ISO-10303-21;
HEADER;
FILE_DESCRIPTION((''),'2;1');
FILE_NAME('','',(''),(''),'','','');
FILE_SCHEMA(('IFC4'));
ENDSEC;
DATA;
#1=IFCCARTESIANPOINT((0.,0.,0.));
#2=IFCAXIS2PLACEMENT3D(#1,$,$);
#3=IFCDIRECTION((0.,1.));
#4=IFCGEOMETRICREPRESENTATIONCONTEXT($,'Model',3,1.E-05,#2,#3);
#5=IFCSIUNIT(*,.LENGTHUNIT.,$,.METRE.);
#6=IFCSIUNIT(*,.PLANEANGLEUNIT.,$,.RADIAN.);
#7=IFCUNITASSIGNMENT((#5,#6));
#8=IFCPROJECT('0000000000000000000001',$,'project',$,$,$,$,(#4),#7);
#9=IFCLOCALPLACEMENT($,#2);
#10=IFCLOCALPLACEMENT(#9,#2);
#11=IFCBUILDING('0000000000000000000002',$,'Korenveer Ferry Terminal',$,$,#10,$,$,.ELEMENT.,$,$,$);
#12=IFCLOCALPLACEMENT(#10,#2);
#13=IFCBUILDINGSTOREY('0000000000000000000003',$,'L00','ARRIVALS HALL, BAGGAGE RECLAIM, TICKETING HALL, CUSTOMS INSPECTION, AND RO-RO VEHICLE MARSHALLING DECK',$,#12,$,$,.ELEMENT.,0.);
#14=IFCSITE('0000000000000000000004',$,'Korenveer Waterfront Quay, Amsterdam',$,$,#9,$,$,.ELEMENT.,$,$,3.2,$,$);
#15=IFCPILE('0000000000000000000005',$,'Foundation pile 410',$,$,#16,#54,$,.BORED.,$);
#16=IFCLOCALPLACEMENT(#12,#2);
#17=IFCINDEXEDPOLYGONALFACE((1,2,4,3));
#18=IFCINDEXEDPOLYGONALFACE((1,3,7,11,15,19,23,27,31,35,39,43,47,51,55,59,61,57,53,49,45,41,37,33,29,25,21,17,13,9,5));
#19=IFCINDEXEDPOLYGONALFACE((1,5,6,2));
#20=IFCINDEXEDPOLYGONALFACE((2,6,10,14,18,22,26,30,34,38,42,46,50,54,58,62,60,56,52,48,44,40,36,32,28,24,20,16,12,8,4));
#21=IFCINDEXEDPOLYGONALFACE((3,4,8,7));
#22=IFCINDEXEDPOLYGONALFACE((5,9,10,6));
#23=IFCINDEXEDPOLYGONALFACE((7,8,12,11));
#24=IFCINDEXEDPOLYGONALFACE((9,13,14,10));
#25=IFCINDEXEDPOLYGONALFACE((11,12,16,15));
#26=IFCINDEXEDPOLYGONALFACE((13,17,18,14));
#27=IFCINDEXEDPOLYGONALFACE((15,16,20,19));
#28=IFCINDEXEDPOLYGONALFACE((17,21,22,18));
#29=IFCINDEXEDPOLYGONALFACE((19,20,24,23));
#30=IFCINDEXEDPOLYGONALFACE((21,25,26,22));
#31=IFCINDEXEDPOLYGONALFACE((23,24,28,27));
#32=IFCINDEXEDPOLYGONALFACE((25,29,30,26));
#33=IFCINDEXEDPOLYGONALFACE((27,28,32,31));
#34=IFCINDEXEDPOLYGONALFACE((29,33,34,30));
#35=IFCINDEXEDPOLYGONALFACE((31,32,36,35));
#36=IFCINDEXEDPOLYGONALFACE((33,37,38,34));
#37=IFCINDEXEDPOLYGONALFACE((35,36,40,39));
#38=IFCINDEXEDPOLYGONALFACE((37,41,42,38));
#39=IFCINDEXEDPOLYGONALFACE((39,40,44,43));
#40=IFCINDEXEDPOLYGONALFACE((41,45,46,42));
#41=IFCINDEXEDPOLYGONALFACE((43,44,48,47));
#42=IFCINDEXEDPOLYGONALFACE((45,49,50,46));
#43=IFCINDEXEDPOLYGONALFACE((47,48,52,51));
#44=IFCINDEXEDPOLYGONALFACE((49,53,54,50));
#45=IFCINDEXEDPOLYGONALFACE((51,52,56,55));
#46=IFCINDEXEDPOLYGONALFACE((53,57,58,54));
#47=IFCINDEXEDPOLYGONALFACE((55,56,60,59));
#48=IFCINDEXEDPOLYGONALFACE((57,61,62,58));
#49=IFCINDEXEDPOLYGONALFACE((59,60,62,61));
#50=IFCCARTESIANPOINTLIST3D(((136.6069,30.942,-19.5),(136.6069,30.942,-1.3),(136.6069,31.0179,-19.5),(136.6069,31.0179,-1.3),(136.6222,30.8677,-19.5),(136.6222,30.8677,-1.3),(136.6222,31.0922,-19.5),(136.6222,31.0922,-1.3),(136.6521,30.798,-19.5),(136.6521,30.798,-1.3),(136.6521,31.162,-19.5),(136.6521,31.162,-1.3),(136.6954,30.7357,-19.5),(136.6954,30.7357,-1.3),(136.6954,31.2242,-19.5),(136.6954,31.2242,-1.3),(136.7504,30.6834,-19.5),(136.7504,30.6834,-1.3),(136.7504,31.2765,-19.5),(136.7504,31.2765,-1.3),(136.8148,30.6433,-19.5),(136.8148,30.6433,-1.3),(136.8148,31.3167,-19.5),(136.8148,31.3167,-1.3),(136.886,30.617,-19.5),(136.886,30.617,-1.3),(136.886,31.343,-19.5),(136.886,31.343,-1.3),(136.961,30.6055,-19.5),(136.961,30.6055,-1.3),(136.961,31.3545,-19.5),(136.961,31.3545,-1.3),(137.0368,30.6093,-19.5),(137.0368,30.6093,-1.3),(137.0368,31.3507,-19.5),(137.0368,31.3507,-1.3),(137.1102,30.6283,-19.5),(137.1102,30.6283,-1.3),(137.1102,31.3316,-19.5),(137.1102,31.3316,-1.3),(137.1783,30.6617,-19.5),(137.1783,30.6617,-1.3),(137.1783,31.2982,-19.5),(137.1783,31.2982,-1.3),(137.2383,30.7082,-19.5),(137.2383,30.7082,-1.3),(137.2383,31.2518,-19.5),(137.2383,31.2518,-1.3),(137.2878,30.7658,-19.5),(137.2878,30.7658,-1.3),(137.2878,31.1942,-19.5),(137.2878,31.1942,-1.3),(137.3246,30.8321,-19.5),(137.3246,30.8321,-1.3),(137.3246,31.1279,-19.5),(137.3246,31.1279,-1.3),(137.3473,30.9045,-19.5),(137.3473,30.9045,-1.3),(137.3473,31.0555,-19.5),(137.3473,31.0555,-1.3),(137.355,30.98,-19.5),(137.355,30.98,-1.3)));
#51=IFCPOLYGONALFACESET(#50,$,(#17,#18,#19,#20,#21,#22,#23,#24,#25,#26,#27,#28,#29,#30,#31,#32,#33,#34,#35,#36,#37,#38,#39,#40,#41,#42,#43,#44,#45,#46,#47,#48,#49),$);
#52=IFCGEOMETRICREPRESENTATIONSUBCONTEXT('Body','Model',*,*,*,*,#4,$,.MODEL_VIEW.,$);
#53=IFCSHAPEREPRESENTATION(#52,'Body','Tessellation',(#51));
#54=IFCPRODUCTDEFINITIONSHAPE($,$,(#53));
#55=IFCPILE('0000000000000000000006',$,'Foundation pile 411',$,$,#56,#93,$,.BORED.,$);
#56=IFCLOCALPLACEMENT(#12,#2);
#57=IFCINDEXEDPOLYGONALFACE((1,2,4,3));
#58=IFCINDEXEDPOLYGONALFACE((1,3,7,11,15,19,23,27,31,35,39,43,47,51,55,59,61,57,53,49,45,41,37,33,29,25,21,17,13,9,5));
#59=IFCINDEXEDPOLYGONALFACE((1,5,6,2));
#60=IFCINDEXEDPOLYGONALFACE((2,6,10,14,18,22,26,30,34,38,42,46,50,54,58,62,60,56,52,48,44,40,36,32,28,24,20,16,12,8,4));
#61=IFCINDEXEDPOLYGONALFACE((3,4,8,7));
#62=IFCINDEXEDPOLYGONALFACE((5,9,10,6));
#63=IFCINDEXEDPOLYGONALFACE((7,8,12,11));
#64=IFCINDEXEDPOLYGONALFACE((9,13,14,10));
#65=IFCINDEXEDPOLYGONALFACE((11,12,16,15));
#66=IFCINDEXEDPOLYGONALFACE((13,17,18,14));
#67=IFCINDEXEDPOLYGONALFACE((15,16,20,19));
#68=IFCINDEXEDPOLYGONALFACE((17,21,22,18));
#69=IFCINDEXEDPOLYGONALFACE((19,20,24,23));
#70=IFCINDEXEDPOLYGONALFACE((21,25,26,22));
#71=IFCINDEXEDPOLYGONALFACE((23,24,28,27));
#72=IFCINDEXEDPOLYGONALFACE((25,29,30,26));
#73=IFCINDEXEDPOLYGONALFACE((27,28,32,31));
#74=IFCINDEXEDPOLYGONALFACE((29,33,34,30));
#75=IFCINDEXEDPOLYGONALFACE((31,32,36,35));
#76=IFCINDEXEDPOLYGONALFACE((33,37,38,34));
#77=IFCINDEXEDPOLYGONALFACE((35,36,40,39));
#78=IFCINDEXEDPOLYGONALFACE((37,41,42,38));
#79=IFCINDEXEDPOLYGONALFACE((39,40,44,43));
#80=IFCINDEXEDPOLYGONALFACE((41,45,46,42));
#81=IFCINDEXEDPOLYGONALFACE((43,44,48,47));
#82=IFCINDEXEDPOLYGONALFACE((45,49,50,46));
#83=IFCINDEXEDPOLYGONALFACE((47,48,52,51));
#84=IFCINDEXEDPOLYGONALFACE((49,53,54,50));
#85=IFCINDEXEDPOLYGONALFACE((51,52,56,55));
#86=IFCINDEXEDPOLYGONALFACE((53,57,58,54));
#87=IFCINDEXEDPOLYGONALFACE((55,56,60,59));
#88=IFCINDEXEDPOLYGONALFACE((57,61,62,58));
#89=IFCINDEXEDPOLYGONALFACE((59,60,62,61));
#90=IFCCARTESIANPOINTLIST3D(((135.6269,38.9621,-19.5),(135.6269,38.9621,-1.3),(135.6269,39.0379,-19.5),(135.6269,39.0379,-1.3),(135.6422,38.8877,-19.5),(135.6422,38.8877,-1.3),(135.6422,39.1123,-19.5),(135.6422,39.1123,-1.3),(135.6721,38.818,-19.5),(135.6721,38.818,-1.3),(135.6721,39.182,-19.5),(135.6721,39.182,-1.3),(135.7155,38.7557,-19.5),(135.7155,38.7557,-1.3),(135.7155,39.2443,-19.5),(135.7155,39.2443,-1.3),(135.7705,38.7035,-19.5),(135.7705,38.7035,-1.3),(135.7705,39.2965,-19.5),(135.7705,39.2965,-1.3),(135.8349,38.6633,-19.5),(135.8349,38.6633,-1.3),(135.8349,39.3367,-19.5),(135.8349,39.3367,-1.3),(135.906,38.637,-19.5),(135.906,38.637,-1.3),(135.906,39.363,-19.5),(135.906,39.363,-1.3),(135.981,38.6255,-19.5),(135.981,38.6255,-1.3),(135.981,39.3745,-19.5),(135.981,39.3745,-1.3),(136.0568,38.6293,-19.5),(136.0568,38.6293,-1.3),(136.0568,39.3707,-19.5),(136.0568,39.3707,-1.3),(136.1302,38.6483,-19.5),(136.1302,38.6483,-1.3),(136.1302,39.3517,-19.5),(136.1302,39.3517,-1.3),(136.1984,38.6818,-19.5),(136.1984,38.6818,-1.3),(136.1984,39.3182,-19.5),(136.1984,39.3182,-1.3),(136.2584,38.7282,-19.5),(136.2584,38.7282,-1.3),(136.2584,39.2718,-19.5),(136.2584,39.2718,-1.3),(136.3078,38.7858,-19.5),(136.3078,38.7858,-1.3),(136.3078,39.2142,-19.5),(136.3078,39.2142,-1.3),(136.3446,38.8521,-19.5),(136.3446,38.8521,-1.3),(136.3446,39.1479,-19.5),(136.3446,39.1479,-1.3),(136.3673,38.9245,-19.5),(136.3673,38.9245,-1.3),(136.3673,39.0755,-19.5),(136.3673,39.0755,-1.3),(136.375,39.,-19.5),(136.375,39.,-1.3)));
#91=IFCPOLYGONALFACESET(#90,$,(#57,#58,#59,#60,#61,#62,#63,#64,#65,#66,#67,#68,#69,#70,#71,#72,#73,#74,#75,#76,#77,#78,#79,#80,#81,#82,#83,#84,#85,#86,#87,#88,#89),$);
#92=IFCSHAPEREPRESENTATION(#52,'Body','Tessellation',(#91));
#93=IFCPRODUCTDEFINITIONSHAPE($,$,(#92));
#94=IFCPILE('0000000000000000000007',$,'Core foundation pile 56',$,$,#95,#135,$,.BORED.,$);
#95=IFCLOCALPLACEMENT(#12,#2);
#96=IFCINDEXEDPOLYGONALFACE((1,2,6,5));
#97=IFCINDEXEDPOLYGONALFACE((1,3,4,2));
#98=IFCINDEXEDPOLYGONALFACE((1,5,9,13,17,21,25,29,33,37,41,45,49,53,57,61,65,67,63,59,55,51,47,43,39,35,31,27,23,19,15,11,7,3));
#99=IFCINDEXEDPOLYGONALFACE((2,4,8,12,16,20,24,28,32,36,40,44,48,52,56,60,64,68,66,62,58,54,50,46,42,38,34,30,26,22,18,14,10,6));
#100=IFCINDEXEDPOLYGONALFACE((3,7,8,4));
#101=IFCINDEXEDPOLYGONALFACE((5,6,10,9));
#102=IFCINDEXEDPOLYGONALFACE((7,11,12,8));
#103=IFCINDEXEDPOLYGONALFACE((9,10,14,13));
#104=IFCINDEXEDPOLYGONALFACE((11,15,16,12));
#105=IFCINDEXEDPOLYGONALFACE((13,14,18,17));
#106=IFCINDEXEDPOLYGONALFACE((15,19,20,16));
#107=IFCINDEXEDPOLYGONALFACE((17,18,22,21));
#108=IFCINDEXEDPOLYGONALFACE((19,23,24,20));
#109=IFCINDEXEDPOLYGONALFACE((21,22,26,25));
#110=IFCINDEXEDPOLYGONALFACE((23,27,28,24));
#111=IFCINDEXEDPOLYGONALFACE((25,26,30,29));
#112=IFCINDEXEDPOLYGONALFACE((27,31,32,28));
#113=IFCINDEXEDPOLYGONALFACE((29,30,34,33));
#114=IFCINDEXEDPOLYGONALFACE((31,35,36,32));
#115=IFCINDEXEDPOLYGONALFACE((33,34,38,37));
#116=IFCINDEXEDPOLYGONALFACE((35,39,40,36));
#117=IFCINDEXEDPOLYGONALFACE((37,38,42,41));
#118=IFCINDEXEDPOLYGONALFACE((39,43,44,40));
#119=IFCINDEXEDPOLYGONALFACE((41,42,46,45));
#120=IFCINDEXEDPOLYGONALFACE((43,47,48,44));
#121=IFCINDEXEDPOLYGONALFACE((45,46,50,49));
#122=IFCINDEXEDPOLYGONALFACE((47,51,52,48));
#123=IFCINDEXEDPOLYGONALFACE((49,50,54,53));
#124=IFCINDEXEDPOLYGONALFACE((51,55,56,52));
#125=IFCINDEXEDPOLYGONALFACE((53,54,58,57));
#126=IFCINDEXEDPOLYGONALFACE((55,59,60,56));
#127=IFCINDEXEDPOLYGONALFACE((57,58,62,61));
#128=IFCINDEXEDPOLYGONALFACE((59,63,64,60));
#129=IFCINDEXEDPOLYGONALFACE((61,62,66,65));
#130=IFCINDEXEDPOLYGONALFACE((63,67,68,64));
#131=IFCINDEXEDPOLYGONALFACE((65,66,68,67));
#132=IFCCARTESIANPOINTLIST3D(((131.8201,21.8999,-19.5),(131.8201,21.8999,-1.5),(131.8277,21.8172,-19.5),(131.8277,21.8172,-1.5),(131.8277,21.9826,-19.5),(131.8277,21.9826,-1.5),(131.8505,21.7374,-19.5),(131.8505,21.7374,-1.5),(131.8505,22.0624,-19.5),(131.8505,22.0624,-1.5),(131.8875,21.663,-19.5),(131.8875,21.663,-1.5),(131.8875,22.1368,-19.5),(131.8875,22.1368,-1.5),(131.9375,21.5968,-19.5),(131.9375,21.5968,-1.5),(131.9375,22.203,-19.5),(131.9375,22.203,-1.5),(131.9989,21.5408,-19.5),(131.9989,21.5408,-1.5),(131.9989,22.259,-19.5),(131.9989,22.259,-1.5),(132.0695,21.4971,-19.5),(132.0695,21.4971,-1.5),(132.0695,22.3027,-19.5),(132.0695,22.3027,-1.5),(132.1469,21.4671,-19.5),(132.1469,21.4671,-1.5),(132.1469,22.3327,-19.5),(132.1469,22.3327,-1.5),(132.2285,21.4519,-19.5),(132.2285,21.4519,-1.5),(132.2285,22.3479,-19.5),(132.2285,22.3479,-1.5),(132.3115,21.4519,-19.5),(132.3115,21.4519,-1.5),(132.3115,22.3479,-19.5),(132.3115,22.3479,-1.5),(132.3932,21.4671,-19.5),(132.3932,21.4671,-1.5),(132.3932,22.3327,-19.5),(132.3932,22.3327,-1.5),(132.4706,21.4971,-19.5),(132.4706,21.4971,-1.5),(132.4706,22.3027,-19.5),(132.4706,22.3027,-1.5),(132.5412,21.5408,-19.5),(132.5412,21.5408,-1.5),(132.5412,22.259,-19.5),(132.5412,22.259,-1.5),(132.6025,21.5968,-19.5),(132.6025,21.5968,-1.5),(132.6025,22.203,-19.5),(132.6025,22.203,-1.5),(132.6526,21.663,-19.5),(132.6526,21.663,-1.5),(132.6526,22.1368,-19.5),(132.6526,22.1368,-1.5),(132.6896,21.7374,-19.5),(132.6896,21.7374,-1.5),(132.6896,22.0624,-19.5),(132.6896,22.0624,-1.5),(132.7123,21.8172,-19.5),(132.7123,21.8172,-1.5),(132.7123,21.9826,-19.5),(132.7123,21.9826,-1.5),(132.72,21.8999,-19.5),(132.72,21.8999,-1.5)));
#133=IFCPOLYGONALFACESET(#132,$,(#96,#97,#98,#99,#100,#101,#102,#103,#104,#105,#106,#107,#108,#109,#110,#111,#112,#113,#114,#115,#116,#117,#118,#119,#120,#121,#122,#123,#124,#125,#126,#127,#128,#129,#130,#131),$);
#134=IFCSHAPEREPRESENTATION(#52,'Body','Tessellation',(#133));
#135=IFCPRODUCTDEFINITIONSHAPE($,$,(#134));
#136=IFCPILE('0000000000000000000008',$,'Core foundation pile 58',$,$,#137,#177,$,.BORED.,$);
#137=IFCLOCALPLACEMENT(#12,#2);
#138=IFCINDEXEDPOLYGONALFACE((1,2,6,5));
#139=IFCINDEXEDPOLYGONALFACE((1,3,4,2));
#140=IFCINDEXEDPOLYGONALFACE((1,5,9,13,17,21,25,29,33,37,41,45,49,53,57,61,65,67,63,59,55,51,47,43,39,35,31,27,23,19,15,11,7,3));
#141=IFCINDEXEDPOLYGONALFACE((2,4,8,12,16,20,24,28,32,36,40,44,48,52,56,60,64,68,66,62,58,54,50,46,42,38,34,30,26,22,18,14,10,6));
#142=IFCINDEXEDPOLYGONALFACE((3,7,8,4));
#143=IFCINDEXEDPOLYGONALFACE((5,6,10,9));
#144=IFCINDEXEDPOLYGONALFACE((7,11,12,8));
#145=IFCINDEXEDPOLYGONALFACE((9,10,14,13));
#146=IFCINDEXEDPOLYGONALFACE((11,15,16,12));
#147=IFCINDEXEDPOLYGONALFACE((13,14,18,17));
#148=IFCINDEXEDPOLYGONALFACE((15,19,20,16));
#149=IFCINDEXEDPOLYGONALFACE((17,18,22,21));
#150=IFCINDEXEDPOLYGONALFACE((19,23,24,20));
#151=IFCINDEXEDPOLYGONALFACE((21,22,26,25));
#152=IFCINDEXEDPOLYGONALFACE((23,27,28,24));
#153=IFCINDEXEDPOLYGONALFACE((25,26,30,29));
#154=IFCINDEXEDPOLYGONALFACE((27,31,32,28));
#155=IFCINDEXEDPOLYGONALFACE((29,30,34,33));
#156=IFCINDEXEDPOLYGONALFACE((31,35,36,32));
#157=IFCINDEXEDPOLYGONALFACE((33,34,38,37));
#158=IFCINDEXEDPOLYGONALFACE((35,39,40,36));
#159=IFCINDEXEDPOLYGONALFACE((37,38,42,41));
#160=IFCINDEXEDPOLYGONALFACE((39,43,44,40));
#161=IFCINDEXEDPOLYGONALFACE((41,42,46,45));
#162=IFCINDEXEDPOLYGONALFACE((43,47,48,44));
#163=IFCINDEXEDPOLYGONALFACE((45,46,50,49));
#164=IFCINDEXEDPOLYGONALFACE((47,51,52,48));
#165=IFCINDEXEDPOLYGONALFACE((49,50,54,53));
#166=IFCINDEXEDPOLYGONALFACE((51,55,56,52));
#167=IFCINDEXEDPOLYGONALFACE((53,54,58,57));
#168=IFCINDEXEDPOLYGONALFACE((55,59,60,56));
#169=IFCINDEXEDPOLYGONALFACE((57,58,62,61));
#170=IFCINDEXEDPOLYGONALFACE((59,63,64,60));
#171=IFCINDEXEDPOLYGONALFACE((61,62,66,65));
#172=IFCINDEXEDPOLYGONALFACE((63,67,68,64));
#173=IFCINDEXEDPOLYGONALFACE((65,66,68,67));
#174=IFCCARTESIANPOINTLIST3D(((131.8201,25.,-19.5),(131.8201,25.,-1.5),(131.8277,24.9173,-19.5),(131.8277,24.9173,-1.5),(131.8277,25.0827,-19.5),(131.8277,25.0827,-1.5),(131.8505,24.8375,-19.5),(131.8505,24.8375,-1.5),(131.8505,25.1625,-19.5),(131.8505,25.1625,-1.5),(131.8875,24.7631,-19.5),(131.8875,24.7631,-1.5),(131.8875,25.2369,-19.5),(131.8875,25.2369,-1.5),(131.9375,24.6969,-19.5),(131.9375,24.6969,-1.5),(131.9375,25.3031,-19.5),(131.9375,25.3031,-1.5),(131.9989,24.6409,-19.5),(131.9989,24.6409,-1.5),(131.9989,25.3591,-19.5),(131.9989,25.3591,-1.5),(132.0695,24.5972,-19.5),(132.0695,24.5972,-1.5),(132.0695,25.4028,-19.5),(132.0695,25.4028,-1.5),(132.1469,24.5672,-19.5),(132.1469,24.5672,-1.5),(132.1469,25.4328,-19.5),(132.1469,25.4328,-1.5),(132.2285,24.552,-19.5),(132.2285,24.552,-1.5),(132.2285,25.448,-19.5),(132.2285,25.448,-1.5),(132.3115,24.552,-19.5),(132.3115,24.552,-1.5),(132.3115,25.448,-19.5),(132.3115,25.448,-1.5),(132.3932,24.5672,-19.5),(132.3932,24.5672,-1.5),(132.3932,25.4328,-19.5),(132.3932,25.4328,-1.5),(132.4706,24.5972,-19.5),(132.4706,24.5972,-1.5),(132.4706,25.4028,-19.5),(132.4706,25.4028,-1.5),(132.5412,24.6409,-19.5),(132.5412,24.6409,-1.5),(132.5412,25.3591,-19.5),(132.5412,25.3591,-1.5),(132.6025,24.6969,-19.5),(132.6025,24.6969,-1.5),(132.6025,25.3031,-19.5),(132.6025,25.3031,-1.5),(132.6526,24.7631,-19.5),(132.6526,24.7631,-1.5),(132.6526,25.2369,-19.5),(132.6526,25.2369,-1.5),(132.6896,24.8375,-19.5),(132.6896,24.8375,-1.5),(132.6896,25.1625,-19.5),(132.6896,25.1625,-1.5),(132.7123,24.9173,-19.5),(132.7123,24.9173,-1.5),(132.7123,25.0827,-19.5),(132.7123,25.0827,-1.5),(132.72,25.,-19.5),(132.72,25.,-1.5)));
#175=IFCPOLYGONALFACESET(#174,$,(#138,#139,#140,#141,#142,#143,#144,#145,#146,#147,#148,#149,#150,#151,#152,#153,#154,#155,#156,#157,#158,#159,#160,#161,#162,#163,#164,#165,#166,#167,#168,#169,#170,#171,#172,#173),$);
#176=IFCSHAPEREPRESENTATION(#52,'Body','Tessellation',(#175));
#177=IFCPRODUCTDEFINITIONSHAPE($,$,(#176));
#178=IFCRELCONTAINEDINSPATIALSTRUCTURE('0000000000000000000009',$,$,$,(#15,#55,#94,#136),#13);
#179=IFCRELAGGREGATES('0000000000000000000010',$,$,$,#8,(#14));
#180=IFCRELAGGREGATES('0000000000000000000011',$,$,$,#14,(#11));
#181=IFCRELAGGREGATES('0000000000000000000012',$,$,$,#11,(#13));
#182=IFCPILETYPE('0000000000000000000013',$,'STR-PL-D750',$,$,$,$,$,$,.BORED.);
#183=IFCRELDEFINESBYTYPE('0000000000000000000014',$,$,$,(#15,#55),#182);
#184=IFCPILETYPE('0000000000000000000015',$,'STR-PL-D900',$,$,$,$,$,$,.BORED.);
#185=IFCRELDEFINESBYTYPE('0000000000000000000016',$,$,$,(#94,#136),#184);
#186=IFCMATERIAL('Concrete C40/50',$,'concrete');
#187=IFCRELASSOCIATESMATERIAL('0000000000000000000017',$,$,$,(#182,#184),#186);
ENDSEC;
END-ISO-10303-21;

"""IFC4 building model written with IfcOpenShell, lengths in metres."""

from ifc_helpers import new_model, si_unit, direction, frame, origin, origin_2d, place, context, subcontext, project, spatial, circle, extrude, material, material_profile, profile_set, type_object, element, save


model = new_model("IFC4")

# Units and contexts
model_context = context("Model", 3, precision=1e-05, world=origin(), true_north=direction((0.0, 1.0)))
body_context = subcontext(model_context, "Body", "Model", "MODEL_VIEW")
ifc_project = project(units=[si_unit("LENGTHUNIT", "METRE"), si_unit("PLANEANGLEUNIT", "RADIAN")], contexts=[model_context])

# Site, building, storey
site_placement = place(None, origin())
site = spatial("IfcSite", under=ifc_project, at=site_placement, Name="Korenveer Waterfront Quay, Amsterdam", CompositionType="ELEMENT", RefElevation=3.2)
building_placement = place(site_placement, origin())
building = spatial("IfcBuilding", under=site, at=building_placement, Name="Korenveer Ferry Terminal", CompositionType="ELEMENT")
storey_placement = place(building_placement, origin())
storey = spatial("IfcBuildingStorey", under=building, at=storey_placement, Name="L00", Description="ARRIVALS HALL, BAGGAGE RECLAIM, TICKETING HALL, CUSTOMS INSPECTION, AND RO-RO VEHICLE MARSHALLING DECK", CompositionType="ELEMENT", Elevation=0.0)

# Shared definitions
ifc_material_1 = material(Name="Concrete C40/50", Category="concrete")

# Piles
ifc_material_profile_1 = material_profile(ifc_material_1, circle(Radius=0.375, at=origin_2d()), Name="PILE D750")
ifc_profile_set_1 = profile_set([ifc_material_profile_1], Name="Concrete C40/50")
pile_type_1 = type_object("IfcPileType", Name="STR-PL-D750", PredefinedType="BORED", material=ifc_profile_set_1)
for number, where, z_axis, x_axis, name in (
    (1, (136.98, 30.98, -1.3), (0.0, 0.0, -1.0), (1.0, 0.0, 0.0), "Foundation pile 410"),
    (2, (136.0, 39.0, -1.3), (0.0, 0.0, -1.0), (1.0, 0.0, 0.0), "Foundation pile 411"),
):
    element("IfcPile", number, at=place(storey_placement, frame(where, z_axis=z_axis, x_axis=x_axis)), inside=storey, type_object=pile_type_1, Name=name, PredefinedType="BORED", context=body_context, shape_type="SweptSolid", body=[
        extrude(circle(Radius=0.375, at=origin_2d()), origin(), (0.0, 0.0, 1.0), 18.2),
    ])
ifc_material_profile_2 = material_profile(ifc_material_1, circle(Radius=0.45, at=origin_2d()), Name="PILE D900")
ifc_profile_set_2 = profile_set([ifc_material_profile_2], Name="Concrete C40/50")
pile_type_2 = type_object("IfcPileType", Name="STR-PL-D900", PredefinedType="BORED", material=ifc_profile_set_2)
for number, where, z_axis, x_axis, name in (
    (3, (132.27, 21.8999, -1.5), (0.0, 0.0, -1.0), (1.0, 0.0, 0.0), "Core foundation pile 56"),
    (4, (132.27, 25.0, -1.5), (0.0, 0.0, -1.0), (1.0, 0.0, 0.0), "Core foundation pile 58"),
):
    element("IfcPile", number, at=place(storey_placement, frame(where, z_axis=z_axis, x_axis=x_axis)), inside=storey, type_object=pile_type_2, Name=name, PredefinedType="BORED", context=body_context, shape_type="SweptSolid", body=[
        extrude(circle(Radius=0.45, at=origin_2d()), origin(), (0.0, 0.0, 1.0), 18.0),
    ])

save(model, "model.ifc")
